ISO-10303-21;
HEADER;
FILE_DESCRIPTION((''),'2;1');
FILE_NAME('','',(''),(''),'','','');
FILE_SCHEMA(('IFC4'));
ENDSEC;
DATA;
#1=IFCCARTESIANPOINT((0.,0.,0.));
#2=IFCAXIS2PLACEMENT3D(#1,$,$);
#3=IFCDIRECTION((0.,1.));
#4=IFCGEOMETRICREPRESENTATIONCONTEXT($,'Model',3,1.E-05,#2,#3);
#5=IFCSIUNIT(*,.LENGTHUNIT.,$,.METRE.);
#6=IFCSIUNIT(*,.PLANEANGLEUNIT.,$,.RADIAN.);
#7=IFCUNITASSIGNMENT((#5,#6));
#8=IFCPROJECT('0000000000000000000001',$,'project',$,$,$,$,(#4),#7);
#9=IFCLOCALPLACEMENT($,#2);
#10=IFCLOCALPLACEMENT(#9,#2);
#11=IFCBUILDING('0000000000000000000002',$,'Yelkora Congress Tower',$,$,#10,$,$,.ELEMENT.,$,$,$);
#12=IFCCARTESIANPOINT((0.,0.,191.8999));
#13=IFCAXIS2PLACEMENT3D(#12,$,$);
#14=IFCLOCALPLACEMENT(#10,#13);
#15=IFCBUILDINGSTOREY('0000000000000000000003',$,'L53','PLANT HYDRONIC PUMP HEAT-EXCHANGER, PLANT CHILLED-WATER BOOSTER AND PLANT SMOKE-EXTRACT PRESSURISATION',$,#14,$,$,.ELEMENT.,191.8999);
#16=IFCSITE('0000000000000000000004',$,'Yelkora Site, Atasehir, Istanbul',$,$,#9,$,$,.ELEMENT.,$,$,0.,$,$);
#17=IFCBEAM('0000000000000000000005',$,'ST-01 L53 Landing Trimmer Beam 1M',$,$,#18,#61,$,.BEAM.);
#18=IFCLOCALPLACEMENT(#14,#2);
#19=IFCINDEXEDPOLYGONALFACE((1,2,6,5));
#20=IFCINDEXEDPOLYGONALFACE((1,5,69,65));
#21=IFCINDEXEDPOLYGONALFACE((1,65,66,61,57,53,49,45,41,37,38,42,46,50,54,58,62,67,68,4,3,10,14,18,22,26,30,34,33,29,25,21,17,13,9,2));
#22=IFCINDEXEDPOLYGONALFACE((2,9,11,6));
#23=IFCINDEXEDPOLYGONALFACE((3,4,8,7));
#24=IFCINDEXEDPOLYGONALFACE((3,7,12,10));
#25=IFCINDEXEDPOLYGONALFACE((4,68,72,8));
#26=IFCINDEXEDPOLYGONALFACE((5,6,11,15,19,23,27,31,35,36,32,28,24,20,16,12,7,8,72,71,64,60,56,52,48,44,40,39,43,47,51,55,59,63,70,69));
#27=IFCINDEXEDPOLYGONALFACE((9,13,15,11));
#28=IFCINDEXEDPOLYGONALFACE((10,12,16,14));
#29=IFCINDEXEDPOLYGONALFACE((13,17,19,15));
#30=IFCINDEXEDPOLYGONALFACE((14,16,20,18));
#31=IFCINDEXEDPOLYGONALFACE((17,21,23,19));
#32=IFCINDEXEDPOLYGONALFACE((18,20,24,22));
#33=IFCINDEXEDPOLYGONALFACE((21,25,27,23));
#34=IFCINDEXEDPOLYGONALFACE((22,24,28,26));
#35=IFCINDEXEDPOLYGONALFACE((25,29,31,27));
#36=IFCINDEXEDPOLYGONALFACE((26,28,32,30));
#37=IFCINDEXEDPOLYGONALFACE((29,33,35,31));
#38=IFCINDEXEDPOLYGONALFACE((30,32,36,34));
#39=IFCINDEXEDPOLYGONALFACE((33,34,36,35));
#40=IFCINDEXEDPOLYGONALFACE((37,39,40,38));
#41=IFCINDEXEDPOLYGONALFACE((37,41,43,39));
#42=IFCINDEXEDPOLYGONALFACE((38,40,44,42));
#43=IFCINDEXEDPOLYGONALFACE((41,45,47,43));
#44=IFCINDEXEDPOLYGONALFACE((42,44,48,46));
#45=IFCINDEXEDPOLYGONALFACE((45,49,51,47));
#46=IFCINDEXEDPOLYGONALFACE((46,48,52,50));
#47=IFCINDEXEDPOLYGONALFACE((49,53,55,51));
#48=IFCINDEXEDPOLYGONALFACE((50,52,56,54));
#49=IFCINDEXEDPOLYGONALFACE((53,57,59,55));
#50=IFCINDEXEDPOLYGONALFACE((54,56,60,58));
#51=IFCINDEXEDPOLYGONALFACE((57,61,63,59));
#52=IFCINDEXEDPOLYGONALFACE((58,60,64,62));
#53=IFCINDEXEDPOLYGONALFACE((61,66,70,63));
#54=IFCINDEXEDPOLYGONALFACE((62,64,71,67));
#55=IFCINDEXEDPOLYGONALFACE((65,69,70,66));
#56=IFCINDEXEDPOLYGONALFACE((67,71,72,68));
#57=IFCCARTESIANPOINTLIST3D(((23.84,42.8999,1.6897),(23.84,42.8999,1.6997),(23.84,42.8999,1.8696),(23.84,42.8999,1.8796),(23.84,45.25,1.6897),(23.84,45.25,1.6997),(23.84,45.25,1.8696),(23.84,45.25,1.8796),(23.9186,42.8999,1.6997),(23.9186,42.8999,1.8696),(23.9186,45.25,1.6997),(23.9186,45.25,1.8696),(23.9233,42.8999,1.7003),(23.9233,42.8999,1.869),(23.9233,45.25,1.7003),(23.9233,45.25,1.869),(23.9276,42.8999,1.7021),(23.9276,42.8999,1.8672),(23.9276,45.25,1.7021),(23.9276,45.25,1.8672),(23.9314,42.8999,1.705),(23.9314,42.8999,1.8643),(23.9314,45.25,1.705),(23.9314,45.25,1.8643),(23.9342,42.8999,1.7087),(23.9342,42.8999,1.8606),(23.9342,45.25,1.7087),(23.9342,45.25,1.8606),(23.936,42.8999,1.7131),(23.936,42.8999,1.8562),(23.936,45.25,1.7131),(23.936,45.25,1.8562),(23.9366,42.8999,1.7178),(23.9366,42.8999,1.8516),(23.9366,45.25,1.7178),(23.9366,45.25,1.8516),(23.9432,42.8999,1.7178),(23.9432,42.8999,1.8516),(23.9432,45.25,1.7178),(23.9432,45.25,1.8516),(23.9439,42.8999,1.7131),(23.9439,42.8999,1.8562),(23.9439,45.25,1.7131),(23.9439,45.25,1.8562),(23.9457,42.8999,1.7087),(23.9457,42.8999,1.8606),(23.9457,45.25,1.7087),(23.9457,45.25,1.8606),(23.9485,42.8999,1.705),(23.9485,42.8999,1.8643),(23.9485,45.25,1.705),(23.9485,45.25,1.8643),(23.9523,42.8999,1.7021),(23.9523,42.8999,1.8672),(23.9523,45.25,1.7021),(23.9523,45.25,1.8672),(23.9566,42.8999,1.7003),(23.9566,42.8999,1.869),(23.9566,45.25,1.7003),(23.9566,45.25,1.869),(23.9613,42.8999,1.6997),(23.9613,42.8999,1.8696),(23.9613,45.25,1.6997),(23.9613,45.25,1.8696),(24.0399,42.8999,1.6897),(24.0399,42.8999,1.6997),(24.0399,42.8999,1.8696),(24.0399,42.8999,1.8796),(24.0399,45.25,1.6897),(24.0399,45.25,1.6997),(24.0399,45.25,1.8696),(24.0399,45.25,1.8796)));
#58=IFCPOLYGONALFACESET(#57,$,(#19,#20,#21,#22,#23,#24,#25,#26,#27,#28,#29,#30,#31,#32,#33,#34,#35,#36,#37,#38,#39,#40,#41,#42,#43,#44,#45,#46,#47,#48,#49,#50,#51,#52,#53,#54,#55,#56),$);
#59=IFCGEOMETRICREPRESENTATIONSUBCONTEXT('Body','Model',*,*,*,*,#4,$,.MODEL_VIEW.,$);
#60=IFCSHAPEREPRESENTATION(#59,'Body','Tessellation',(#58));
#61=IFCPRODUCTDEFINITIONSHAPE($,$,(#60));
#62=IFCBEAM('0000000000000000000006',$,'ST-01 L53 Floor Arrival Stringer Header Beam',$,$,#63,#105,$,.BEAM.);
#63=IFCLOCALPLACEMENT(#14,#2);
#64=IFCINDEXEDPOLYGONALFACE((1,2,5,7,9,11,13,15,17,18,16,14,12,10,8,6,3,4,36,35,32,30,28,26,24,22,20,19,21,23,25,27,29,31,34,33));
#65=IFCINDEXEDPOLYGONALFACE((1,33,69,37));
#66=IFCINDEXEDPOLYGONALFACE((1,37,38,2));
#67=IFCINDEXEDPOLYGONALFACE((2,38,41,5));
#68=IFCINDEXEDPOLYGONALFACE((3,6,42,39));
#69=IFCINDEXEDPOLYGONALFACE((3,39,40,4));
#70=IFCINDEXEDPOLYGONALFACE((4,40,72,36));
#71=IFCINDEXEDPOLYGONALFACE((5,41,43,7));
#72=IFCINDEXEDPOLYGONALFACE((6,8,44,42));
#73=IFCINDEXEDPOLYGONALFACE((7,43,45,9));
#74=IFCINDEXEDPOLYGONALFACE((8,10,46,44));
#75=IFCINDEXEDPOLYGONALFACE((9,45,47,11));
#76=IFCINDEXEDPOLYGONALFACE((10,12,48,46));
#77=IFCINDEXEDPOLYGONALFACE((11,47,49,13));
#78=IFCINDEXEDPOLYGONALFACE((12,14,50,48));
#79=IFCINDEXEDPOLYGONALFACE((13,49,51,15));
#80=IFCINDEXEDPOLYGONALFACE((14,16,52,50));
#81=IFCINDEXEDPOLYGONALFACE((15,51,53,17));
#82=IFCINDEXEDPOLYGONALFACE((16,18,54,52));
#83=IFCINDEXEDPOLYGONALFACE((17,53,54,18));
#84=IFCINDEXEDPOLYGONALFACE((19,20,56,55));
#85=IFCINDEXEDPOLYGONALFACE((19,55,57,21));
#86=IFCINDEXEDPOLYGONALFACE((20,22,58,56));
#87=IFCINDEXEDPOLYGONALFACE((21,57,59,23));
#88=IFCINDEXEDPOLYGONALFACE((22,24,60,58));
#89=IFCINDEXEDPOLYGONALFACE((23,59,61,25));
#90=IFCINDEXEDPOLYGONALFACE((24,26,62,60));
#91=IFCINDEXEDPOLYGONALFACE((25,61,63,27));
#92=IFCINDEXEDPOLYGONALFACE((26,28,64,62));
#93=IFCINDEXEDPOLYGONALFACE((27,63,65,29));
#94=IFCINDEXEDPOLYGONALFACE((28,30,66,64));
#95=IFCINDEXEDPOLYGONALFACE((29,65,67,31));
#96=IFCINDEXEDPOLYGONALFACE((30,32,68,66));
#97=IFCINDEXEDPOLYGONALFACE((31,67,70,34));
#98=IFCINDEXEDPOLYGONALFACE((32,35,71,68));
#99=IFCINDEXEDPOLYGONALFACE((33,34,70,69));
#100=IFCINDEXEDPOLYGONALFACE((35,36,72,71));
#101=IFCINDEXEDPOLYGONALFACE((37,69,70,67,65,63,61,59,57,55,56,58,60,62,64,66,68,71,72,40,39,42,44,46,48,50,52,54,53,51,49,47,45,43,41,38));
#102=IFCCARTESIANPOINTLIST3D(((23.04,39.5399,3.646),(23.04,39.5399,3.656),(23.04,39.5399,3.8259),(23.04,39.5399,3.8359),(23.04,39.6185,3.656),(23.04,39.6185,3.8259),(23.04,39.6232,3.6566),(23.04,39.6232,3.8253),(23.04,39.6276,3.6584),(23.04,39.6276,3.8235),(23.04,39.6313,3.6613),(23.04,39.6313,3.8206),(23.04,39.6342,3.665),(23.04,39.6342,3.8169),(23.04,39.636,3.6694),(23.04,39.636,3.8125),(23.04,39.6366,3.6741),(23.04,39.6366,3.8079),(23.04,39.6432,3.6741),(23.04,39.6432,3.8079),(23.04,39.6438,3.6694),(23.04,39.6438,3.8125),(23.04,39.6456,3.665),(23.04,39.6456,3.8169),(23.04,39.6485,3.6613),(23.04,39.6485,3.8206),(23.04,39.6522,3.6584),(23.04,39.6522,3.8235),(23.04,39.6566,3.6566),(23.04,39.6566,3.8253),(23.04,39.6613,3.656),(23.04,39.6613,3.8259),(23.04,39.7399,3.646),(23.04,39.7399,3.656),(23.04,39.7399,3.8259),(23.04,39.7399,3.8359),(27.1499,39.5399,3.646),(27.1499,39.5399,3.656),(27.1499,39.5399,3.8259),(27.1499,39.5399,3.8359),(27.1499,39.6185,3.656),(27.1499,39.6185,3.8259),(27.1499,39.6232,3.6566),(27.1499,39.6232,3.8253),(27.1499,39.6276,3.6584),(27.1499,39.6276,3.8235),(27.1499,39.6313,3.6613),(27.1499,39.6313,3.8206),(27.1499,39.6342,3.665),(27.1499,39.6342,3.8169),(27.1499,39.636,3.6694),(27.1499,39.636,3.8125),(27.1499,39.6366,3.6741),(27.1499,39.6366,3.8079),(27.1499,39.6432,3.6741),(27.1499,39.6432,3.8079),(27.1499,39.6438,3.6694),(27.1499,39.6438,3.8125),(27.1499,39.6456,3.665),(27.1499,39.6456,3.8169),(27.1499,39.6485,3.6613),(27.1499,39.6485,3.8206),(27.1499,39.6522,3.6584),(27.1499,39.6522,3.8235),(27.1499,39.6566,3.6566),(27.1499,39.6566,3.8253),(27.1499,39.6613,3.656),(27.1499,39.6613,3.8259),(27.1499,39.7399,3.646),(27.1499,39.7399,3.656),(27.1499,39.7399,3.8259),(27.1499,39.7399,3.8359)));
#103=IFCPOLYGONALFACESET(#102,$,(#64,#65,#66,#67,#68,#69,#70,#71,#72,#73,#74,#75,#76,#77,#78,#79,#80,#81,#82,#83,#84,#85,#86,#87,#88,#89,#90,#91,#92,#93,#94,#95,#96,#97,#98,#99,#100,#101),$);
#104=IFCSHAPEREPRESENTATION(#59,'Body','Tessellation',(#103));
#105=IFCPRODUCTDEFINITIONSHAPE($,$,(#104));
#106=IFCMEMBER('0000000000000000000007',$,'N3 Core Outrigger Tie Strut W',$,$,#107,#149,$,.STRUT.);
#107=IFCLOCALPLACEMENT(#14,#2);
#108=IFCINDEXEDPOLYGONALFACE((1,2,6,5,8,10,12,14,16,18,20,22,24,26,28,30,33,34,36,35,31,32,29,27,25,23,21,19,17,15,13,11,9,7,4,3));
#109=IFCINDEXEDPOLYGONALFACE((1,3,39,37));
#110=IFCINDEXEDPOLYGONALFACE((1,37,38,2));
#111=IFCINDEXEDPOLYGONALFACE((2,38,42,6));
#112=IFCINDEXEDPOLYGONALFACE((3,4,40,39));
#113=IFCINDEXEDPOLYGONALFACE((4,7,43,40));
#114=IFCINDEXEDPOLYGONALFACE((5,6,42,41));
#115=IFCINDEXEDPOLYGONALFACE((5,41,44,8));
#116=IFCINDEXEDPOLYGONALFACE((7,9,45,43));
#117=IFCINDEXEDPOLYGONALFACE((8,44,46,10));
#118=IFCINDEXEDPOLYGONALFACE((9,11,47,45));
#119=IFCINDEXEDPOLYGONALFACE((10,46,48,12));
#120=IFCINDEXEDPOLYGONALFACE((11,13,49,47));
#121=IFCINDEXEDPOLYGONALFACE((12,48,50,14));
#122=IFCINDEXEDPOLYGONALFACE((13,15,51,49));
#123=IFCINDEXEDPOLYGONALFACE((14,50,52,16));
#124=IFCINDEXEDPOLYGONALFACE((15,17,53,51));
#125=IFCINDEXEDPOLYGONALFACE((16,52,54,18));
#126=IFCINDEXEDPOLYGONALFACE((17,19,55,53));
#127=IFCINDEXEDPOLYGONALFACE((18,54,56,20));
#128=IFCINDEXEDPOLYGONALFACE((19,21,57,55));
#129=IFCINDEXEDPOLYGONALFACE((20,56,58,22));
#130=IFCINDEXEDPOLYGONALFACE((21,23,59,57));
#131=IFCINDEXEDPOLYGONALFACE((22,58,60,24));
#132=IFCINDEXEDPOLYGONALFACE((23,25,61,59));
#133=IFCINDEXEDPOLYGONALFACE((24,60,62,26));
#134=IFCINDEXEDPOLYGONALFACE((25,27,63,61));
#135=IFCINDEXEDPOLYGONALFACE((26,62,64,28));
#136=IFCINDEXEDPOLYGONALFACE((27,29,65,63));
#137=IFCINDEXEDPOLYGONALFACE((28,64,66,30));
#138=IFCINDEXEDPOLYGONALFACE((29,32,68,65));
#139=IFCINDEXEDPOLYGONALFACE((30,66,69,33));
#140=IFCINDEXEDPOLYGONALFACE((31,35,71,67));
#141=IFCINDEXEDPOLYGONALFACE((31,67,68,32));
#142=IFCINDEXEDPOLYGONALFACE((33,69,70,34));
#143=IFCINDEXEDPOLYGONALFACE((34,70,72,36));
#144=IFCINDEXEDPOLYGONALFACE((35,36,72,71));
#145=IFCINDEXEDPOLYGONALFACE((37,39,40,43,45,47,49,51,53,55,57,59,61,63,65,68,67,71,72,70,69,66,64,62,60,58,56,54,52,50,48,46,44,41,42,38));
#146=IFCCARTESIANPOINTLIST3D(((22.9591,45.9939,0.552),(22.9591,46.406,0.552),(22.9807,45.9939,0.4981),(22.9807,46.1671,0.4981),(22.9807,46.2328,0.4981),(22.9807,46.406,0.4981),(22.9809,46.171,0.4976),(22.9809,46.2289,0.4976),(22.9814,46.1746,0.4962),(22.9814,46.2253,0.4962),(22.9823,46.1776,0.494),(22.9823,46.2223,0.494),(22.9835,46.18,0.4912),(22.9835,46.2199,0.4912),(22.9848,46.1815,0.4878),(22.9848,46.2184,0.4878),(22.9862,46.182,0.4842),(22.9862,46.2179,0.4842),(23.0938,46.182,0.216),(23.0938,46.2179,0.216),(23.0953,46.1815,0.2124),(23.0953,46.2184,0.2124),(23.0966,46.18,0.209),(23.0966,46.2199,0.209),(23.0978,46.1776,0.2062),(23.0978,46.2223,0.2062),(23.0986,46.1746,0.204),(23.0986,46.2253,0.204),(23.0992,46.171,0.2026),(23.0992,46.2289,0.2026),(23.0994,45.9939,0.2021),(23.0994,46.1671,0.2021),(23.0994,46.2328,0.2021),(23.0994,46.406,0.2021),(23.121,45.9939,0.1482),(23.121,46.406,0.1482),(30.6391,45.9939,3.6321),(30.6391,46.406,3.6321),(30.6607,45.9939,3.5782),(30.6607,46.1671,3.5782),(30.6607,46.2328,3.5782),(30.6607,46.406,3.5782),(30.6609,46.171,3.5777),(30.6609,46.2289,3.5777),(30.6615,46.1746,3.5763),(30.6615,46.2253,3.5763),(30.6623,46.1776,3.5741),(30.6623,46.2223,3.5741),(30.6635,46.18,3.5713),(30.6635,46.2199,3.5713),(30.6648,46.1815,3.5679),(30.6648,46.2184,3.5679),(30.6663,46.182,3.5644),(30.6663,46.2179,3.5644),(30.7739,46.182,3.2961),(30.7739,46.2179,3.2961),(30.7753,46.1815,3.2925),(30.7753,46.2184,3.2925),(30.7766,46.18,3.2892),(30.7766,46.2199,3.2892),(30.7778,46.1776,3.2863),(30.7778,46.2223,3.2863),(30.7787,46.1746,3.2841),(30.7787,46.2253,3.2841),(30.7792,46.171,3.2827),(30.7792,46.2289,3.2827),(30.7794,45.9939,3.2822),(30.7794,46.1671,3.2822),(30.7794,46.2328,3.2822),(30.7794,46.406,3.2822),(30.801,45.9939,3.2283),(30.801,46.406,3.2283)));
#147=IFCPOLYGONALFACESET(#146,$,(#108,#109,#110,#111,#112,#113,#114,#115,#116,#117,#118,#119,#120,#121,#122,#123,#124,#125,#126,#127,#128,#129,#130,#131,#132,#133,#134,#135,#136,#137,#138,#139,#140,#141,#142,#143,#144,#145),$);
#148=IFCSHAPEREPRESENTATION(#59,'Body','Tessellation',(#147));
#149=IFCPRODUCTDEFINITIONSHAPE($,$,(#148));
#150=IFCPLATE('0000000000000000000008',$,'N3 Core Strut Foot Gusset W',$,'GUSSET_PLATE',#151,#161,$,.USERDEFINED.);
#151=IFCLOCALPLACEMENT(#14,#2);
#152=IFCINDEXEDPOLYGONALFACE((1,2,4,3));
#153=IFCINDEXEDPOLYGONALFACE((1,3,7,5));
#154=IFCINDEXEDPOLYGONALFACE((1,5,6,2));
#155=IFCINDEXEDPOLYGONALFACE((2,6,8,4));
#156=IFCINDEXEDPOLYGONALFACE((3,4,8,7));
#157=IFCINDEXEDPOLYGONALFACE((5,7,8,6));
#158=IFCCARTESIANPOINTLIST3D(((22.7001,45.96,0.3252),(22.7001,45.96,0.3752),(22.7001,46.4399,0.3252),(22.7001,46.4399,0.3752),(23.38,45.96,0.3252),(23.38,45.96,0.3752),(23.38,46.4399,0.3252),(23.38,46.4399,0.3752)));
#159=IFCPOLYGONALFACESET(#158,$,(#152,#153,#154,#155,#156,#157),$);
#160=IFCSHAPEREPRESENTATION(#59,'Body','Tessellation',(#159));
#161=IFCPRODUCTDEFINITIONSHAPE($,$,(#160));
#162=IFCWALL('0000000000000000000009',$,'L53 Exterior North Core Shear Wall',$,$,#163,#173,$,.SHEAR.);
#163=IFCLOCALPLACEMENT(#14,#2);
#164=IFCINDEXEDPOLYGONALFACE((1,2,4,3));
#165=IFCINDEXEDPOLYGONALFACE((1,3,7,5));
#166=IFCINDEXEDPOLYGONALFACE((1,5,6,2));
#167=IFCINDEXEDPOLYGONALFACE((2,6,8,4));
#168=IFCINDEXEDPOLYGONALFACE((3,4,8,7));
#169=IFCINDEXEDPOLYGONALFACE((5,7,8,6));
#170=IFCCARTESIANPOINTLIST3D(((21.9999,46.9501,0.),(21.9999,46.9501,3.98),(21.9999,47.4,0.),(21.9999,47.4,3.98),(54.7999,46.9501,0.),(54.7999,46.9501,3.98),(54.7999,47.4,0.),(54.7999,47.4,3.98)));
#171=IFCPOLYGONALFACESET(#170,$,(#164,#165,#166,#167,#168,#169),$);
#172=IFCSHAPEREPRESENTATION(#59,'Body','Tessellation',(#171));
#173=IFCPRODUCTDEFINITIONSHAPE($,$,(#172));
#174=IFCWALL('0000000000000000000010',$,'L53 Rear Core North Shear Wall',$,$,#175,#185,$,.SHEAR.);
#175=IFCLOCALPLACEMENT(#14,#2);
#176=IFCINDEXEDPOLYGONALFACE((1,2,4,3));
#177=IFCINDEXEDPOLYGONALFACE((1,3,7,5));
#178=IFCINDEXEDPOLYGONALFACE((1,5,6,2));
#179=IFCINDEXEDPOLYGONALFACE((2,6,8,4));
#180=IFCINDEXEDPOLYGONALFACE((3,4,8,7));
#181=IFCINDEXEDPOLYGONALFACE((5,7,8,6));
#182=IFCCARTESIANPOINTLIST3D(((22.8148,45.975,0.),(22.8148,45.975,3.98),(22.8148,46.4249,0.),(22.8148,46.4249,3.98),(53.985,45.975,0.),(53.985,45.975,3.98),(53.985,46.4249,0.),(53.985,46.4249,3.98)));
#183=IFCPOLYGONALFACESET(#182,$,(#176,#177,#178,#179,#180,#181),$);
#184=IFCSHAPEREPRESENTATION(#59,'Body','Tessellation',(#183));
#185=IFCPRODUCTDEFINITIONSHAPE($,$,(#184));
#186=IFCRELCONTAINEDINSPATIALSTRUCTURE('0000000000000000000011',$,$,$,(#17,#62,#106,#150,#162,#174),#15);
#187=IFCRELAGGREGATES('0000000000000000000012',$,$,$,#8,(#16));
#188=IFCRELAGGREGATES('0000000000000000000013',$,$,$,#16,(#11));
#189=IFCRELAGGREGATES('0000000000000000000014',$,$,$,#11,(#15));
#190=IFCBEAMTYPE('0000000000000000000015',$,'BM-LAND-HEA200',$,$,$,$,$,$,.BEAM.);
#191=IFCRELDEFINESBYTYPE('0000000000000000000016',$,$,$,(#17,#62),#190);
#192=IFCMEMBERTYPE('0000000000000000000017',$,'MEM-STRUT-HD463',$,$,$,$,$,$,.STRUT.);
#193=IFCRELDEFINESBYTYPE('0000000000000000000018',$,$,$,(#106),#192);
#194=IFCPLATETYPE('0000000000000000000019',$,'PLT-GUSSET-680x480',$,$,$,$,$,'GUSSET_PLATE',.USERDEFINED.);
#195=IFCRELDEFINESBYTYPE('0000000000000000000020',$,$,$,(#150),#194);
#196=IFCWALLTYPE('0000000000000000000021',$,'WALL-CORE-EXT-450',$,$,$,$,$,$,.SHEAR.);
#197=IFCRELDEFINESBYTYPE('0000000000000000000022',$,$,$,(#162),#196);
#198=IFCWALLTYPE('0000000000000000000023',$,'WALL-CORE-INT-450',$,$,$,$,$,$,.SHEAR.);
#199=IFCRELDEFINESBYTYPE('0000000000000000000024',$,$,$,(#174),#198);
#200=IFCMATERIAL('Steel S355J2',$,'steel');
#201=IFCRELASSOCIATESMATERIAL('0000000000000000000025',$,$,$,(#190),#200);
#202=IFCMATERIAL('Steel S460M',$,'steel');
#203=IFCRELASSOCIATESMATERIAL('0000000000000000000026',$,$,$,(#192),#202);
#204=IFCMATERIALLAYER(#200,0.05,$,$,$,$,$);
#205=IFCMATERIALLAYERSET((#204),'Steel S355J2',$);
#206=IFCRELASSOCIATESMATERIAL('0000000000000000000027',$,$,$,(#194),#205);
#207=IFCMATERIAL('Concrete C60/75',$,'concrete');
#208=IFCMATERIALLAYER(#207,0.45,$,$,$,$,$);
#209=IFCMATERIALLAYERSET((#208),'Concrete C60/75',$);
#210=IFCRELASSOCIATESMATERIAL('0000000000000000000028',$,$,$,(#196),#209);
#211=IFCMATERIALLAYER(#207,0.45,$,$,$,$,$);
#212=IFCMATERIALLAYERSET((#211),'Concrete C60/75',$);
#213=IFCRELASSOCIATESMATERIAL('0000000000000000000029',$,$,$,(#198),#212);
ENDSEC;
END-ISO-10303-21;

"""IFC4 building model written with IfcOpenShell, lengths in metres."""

from ifc_helpers import new_model, si_unit, direction, frame, frame_2d, origin, origin_2d, place, context, subcontext, project, spatial, rectangle, i_section, extrude, material, layer, layer_set, material_profile, profile_set, type_object, element, save


model = new_model("IFC4")

# Units and contexts
model_context = context("Model", 3, precision=1e-05, world=origin(), true_north=direction((0.0, 1.0)))
body_context = subcontext(model_context, "Body", "Model", "MODEL_VIEW")
ifc_project = project(units=[si_unit("LENGTHUNIT", "METRE"), si_unit("PLANEANGLEUNIT", "RADIAN")], contexts=[model_context])

# Site, building, storey
site_placement = place(None, origin())
site = spatial("IfcSite", under=ifc_project, at=site_placement, Name="Yelkora Site, Atasehir, Istanbul", CompositionType="ELEMENT", RefElevation=0.0)
building_placement = place(site_placement, origin())
building = spatial("IfcBuilding", under=site, at=building_placement, Name="Yelkora Congress Tower", CompositionType="ELEMENT")
storey_placement = place(building_placement, frame((0.0, 0.0, 191.8999)))
storey = spatial("IfcBuildingStorey", under=building, at=storey_placement, Name="L53", Description="PLANT HYDRONIC PUMP HEAT-EXCHANGER, PLANT CHILLED-WATER BOOSTER AND PLANT SMOKE-EXTRACT PRESSURISATION", CompositionType="ELEMENT", Elevation=191.8999)

# Shared definitions
ifc_material_1 = material(Name="Steel S460M", Category="steel")

# Beams
ifc_material_2 = material(Name="Steel S355J2", Category="steel")
ifc_material_profile_1 = material_profile(ifc_material_2, i_section(OverallWidth=0.2, OverallDepth=0.1899, WebThickness=0.0066, FlangeThickness=0.01, FilletRadius=0.0181, at=origin_2d()), Name="HEA 200")
ifc_profile_set_1 = profile_set([ifc_material_profile_1], Name="Steel S355J2")
beam_type = type_object("IfcBeamType", Name="BM-LAND-HEA200", PredefinedType="BEAM", material=ifc_profile_set_1)
beam_1_placement = place(storey_placement, frame((23.9399, 42.8999, 1.7847), z_axis=(0.0, 1.0, 0.0), x_axis=(-1.0, 0.0, 0.0)))
element("IfcBeam", 1, at=beam_1_placement, inside=storey, type_object=beam_type, Name="ST-01 L53 Landing Trimmer Beam 1M", PredefinedType="BEAM", context=body_context, shape_type="SweptSolid", body=[
    extrude(i_section(OverallWidth=0.2, OverallDepth=0.1899, WebThickness=0.0066, FlangeThickness=0.01, FilletRadius=0.0181, at=origin_2d()), origin(), (0.0, 0.0, 1.0), 2.3501),
])
beam_2_placement = place(storey_placement, frame((23.04, 39.6399, 3.741), z_axis=(1.0, 0.0, 0.0), x_axis=(0.0, 1.0, 0.0)))
element("IfcBeam", 2, at=beam_2_placement, inside=storey, type_object=beam_type, Name="ST-01 L53 Floor Arrival Stringer Header Beam", PredefinedType="BEAM", context=body_context, shape_type="SweptSolid", body=[
    extrude(i_section(OverallWidth=0.2, OverallDepth=0.1899, WebThickness=0.0066, FlangeThickness=0.01, FilletRadius=0.0181, at=origin_2d()), origin(), (0.0, 0.0, 1.0), 4.1099),
])

# Member
ifc_material_profile_2 = material_profile(ifc_material_1, i_section(OverallWidth=0.4121, OverallDepth=0.4351, WebThickness=0.0359, FlangeThickness=0.0581, FilletRadius=0.0149, at=origin_2d()), Name="HD 400x463")
ifc_profile_set_2 = profile_set([ifc_material_profile_2], Name="Steel S460M")
member_type = type_object("IfcMemberType", Name="MEM-STRUT-HD463", PredefinedType="STRUT", material=ifc_profile_set_2)
member_placement = place(storey_placement, frame((23.04, 46.2, 0.3501), z_axis=(0.928139, 0.0, 0.372235), x_axis=(0.0, 1.0, 0.0)))
element("IfcMember", 3, at=member_placement, inside=storey, type_object=member_type, Name="N3 Core Outrigger Tie Strut W", PredefinedType="STRUT", context=body_context, shape_type="SweptSolid", body=[
    extrude(i_section(OverallWidth=0.4121, OverallDepth=0.4351, WebThickness=0.0359, FlangeThickness=0.0581, FilletRadius=0.0149, at=origin_2d()), origin(), (0.0, 0.0, 1.0), 8.2747),
])

# Plate
ifc_layer_1 = layer(ifc_material_2, 0.05)
ifc_layer_set_1 = layer_set([ifc_layer_1], Name="Steel S355J2")
plate_type = type_object("IfcPlateType", Name="PLT-GUSSET-680x480", ElementType="GUSSET_PLATE", PredefinedType="USERDEFINED", material=ifc_layer_set_1)
plate_placement = place(storey_placement, frame((23.04, 46.2, 0.3252), z_axis=(0.0, 0.0, 1.0), x_axis=(1.0, 0.0, 0.0)))
element("IfcPlate", 4, at=plate_placement, inside=storey, type_object=plate_type, Name="N3 Core Strut Foot Gusset W", ObjectType="GUSSET_PLATE", PredefinedType="USERDEFINED", context=body_context, shape_type="SweptSolid", body=[
    extrude(rectangle(XDim=0.6799, YDim=0.48, at=origin_2d()), origin(), (0.0, 0.0, 1.0), 0.05),
])

# Walls
ifc_material_3 = material(Name="Concrete C60/75", Category="concrete")
ifc_layer_2 = layer(ifc_material_3, 0.45)
ifc_layer_set_2 = layer_set([ifc_layer_2], Name="Concrete C60/75")
wall_type_1 = type_object("IfcWallType", Name="WALL-CORE-EXT-450", PredefinedType="SHEAR", material=ifc_layer_set_2)
wall_1_placement = place(storey_placement, frame((22.0, 47.175, 0.0), z_axis=(0.0, 0.0, 1.0), x_axis=(1.0, 0.0, 0.0)))
element("IfcWall", 5, at=wall_1_placement, inside=storey, type_object=wall_type_1, Name="L53 Exterior North Core Shear Wall", PredefinedType="SHEAR", context=body_context, shape_type="SweptSolid", body=[
    extrude(rectangle(XDim=32.8, YDim=0.45, at=frame_2d((16.3999, 0.0))), origin(), (0.0, 0.0, 1.0), 3.98),
])
ifc_layer_3 = layer(ifc_material_3, 0.45)
ifc_layer_set_3 = layer_set([ifc_layer_3], Name="Concrete C60/75")
wall_type_2 = type_object("IfcWallType", Name="WALL-CORE-INT-450", PredefinedType="SHEAR", material=ifc_layer_set_3)
wall_2_placement = place(storey_placement, frame((22.8149, 46.2, 0.0), z_axis=(0.0, 0.0, 1.0), x_axis=(1.0, 0.0, 0.0)))
element("IfcWall", 6, at=wall_2_placement, inside=storey, type_object=wall_type_2, Name="L53 Rear Core North Shear Wall", PredefinedType="SHEAR", context=body_context, shape_type="SweptSolid", body=[
    extrude(rectangle(XDim=31.1702, YDim=0.45, at=frame_2d((15.585, 0.0))), origin(), (0.0, 0.0, 1.0), 3.98),
])

save(model, "model.ifc")
